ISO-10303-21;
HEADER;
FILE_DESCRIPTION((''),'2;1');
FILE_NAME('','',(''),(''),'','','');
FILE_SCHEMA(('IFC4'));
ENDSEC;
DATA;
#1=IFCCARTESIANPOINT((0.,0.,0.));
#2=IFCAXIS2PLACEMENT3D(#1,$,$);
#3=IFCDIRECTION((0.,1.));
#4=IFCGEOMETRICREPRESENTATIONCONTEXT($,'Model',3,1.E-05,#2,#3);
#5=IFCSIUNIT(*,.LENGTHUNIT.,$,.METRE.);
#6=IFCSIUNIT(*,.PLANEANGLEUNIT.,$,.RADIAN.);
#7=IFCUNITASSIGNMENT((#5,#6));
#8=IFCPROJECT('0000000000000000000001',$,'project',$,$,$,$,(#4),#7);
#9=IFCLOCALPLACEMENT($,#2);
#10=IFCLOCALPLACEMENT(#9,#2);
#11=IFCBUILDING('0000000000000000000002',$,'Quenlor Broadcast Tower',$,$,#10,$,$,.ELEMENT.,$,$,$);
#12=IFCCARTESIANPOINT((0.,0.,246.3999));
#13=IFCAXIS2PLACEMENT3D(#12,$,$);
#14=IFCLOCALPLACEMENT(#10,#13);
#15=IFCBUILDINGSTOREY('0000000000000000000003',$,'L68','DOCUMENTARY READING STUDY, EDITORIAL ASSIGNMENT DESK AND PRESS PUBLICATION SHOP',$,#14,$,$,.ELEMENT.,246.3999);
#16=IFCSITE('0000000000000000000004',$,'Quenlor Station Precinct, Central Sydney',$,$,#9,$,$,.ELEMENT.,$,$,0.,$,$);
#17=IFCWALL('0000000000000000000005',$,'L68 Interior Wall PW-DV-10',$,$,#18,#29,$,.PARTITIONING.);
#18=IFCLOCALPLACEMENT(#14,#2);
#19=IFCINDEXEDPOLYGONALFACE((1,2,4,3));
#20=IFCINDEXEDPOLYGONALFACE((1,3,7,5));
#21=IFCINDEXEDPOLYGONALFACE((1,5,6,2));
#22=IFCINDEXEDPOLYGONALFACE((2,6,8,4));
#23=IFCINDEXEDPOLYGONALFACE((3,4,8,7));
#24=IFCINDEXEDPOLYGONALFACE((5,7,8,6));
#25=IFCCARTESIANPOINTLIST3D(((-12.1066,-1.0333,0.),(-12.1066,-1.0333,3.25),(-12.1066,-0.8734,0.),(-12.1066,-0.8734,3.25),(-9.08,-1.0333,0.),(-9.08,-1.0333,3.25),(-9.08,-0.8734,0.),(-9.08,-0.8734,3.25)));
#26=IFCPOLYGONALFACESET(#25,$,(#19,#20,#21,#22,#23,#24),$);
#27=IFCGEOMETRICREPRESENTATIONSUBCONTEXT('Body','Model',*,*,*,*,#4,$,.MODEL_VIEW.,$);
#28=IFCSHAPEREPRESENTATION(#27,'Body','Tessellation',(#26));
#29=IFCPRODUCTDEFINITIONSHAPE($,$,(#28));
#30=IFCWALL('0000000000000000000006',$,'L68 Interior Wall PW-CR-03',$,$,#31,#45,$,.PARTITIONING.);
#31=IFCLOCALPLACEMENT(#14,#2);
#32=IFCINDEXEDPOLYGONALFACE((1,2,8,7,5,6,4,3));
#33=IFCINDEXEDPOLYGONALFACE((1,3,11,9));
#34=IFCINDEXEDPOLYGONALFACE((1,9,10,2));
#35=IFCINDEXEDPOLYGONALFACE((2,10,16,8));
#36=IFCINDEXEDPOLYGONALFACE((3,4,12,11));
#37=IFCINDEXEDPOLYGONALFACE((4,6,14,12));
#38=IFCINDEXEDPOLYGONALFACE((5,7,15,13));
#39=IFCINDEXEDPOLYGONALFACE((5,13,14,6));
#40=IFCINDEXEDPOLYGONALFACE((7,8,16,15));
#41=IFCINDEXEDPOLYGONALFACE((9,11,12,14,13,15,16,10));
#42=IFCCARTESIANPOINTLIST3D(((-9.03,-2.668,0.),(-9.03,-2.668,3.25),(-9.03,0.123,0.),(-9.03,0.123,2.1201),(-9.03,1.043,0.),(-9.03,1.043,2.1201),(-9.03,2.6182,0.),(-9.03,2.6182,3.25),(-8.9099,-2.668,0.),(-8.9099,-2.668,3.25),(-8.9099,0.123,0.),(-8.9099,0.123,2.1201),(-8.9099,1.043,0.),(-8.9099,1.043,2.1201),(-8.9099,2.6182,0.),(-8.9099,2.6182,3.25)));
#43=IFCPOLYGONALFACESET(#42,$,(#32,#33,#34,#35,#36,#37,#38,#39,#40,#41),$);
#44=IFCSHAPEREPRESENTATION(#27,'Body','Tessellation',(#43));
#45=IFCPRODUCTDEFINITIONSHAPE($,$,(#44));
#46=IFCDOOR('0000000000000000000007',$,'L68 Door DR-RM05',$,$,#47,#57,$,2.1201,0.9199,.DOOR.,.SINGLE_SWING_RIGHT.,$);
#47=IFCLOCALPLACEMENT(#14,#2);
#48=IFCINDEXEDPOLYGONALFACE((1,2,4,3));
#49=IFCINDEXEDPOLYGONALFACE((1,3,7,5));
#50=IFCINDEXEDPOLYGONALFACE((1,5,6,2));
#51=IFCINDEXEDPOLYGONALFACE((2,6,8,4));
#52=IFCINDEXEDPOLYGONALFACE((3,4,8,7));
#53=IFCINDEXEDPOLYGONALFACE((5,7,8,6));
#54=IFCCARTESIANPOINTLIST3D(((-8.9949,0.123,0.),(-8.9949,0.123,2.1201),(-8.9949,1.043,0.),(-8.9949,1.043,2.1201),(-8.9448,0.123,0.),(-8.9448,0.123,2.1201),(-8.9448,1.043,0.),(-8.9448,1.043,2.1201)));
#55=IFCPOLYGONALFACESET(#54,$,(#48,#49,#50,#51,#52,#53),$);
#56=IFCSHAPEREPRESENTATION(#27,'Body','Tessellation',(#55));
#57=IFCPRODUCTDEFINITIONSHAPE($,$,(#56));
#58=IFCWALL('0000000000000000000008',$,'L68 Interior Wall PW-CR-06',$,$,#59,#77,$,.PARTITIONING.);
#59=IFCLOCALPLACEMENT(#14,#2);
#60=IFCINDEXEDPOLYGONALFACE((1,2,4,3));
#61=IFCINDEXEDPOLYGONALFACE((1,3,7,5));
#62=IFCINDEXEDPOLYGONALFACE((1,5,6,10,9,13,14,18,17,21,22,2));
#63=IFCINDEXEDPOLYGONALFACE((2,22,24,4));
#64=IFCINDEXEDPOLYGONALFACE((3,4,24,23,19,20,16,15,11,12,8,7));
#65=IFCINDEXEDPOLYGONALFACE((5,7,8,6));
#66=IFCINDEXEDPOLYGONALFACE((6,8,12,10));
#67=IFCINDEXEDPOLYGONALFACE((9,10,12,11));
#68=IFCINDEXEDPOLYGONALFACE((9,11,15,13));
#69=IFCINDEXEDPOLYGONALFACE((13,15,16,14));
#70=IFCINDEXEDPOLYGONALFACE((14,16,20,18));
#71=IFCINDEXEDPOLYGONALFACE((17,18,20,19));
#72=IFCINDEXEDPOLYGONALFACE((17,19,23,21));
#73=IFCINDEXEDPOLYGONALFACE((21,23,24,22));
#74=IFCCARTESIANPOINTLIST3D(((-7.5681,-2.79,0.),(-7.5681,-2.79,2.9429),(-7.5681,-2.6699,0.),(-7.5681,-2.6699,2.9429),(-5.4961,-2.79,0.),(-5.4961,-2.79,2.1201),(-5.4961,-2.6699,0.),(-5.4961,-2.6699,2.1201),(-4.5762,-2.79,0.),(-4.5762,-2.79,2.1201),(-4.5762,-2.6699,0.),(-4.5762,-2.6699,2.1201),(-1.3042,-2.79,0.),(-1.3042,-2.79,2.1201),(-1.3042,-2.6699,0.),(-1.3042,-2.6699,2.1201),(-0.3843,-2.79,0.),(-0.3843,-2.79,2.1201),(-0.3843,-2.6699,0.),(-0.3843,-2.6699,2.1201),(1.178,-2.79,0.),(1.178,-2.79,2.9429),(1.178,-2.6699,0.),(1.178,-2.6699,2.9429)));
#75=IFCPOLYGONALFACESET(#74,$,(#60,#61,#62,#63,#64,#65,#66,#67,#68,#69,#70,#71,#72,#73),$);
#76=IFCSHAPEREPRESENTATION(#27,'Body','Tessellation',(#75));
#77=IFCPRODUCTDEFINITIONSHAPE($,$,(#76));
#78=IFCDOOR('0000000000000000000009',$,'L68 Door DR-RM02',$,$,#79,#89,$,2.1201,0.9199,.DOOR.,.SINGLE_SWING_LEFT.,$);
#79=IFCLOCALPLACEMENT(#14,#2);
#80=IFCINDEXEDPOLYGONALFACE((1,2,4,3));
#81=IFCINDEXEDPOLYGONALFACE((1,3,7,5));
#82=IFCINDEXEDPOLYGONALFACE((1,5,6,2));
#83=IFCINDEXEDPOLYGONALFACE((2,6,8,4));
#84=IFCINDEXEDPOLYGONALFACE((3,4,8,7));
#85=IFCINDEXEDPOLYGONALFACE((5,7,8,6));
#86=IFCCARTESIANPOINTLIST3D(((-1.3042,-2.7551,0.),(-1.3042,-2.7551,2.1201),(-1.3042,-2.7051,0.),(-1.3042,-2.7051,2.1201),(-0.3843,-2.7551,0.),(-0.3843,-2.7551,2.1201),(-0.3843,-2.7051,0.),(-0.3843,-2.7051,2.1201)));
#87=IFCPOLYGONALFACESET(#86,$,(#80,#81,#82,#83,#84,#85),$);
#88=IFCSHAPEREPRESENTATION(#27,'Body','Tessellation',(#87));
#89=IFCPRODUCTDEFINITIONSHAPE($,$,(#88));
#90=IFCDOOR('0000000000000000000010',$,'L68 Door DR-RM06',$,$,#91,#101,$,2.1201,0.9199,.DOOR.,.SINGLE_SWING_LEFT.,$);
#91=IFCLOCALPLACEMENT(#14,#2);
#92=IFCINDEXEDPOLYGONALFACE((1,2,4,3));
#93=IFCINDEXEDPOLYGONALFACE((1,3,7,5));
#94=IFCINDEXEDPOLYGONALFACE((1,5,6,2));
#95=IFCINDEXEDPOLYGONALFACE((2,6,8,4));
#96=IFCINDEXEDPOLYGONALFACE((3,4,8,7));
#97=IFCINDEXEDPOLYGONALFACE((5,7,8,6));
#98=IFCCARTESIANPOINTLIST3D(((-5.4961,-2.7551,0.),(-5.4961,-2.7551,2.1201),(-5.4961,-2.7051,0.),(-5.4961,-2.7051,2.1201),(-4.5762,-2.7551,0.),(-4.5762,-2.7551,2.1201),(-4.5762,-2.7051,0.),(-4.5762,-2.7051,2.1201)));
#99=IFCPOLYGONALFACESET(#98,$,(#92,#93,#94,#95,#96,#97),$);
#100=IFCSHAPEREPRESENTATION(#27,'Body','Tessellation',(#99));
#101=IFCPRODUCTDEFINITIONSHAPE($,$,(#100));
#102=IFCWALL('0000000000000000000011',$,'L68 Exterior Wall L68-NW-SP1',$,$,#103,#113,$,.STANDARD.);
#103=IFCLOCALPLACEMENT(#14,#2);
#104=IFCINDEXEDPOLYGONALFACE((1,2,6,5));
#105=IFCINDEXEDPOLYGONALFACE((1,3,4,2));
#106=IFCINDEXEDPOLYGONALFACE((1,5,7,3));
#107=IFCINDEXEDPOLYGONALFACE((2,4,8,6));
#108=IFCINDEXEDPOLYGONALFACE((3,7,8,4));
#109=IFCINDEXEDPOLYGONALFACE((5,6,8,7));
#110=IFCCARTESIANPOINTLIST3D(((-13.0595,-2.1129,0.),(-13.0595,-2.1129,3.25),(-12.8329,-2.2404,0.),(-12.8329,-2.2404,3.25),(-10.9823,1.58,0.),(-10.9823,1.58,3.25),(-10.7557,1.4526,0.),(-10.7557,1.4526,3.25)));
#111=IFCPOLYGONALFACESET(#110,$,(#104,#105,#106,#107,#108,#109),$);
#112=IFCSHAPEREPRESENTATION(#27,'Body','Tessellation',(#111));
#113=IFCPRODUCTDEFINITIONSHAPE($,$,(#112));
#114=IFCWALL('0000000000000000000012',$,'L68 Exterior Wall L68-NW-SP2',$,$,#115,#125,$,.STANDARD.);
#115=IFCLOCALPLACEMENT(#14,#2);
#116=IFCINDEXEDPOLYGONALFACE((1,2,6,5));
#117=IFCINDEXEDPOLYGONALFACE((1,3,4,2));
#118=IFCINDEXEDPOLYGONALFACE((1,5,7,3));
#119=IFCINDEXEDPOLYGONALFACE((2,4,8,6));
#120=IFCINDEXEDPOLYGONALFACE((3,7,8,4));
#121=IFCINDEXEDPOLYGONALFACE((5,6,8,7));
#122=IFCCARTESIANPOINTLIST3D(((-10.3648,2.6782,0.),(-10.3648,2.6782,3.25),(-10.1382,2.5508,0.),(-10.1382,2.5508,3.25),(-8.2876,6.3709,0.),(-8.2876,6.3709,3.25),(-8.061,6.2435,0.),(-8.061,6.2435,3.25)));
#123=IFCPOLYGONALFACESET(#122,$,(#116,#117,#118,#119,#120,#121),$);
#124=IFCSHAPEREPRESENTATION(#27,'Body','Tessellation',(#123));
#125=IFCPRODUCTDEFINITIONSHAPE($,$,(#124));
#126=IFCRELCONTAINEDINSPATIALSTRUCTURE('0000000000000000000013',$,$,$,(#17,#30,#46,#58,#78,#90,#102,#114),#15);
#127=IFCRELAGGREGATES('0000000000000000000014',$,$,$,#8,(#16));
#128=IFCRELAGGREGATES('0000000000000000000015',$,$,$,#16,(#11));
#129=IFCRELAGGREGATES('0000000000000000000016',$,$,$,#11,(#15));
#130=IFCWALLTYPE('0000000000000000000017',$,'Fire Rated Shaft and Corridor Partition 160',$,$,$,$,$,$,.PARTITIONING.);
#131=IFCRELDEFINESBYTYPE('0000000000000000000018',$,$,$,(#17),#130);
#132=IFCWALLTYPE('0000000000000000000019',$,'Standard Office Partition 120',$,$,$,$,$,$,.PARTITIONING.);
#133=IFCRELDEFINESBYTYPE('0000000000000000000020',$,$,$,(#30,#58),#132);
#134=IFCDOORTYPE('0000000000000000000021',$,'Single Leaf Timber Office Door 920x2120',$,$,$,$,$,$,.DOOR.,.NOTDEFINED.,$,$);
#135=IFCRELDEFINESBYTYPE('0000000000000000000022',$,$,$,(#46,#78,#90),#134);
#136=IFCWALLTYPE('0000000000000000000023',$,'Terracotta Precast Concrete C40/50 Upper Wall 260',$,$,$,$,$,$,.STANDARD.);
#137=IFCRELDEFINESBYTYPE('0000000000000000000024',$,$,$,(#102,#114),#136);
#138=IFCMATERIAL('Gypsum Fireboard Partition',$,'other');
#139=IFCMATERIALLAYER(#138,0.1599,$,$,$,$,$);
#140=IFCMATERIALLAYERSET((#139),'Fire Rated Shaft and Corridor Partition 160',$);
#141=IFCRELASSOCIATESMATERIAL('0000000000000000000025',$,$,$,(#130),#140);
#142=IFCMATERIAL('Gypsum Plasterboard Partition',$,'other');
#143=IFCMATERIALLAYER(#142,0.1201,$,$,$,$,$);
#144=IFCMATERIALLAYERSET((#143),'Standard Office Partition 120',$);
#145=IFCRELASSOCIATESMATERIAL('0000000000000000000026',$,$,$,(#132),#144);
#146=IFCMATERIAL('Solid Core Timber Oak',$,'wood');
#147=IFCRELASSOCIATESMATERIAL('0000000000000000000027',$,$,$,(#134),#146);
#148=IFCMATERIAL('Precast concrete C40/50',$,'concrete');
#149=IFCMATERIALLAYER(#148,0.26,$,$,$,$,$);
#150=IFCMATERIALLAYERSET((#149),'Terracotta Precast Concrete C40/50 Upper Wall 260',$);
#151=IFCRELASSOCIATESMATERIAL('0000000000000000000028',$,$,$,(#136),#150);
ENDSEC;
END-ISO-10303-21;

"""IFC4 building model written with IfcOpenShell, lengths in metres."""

from ifc_helpers import new_model, si_unit, direction, frame, frame_2d, origin, place, context, subcontext, project, spatial, rectangle, extrude, material, layer, layer_set, type_object, element, fill, save


model = new_model("IFC4")

# Units and contexts
model_context = context("Model", 3, precision=1e-05, world=origin(), true_north=direction((0.0, 1.0)))
body_context = subcontext(model_context, "Body", "Model", "MODEL_VIEW")
ifc_project = project(units=[si_unit("LENGTHUNIT", "METRE"), si_unit("PLANEANGLEUNIT", "RADIAN")], contexts=[model_context])

# Site, building, storey
site_placement = place(None, origin())
site = spatial("IfcSite", under=ifc_project, at=site_placement, Name="Quenlor Station Precinct, Central Sydney", CompositionType="ELEMENT", RefElevation=0.0)
building_placement = place(site_placement, origin())
building = spatial("IfcBuilding", under=site, at=building_placement, Name="Quenlor Broadcast Tower", CompositionType="ELEMENT")
storey_placement = place(building_placement, frame((0.0, 0.0, 246.3999)))
storey = spatial("IfcBuildingStorey", under=building, at=storey_placement, Name="L68", Description="DOCUMENTARY READING STUDY, EDITORIAL ASSIGNMENT DESK AND PRESS PUBLICATION SHOP", CompositionType="ELEMENT", Elevation=246.3999)

# Wall
ifc_material_1 = material(Name="Gypsum Fireboard Partition", Category="other")
ifc_layer_1 = layer(ifc_material_1, 0.1599)
ifc_layer_set_1 = layer_set([ifc_layer_1], Name="Fire Rated Shaft and Corridor Partition 160")
wall_type_1 = type_object("IfcWallType", Name="Fire Rated Shaft and Corridor Partition 160", PredefinedType="PARTITIONING", material=ifc_layer_set_1)
wall_1_placement = place(storey_placement, frame((-9.0801, -0.9534, 0.0), z_axis=(0.0, 0.0, 1.0), x_axis=(-1.0, 0.0, 0.0)))
element("IfcWall", 1, at=wall_1_placement, inside=storey, type_object=wall_type_1, Name="L68 Interior Wall PW-DV-10", PredefinedType="PARTITIONING", context=body_context, shape_type="SweptSolid", body=[
    extrude(rectangle(XDim=3.0266, YDim=0.1599, at=frame_2d((1.5132, 0.0))), origin(), (0.0, 0.0, 1.0), 3.25),
])

# Wall, opening, door
ifc_material_2 = material(Name="Gypsum Plasterboard Partition", Category="other")
ifc_layer_2 = layer(ifc_material_2, 0.1201)
ifc_layer_set_2 = layer_set([ifc_layer_2], Name="Standard Office Partition 120")
wall_type_2 = type_object("IfcWallType", Name="Standard Office Partition 120", PredefinedType="PARTITIONING", material=ifc_layer_set_2)
wall_2_placement = place(storey_placement, frame((-8.97, -2.668, 0.0), z_axis=(0.0, 0.0, 1.0), x_axis=(0.0, 1.0, 0.0)))
wall_2 = element("IfcWall", 2, at=wall_2_placement, inside=storey, type_object=wall_type_2, Name="L68 Interior Wall PW-CR-03", PredefinedType="PARTITIONING", context=body_context, shape_type="SweptSolid", body=[
    extrude(rectangle(XDim=5.2861, YDim=0.1201, at=frame_2d((2.6431, 0.0))), origin(), (0.0, 0.0, 1.0), 3.25),
])
opening_1_placement = place(wall_2_placement, frame((2.791, 0.0, 0.0)))
opening_1 = element("IfcOpeningElement", 3, at=opening_1_placement, cuts=wall_2, PredefinedType="OPENING", context=body_context, shape_type="SweptSolid", body=[
    extrude(rectangle(XDim=0.9199, YDim=2.1201, at=frame_2d((0.46, 1.0601))), frame((0.0, 0.0701, 0.0), z_axis=(0.0, -1.0, 0.0), x_axis=(1.0, 0.0, 0.0)), (0.0, 0.0, 1.0), 0.1401),
])
ifc_material_3 = material(Name="Solid Core Timber Oak", Category="wood")
door_type = type_object("IfcDoorType", Name="Single Leaf Timber Office Door 920x2120", OperationType="NOTDEFINED", PredefinedType="DOOR", material=ifc_material_3)
door_1_placement = place(opening_1_placement, origin())
door_1 = element("IfcDoor", 4, at=door_1_placement, inside=storey, type_object=door_type, Name="L68 Door DR-RM05", OperationType="SINGLE_SWING_RIGHT", OverallHeight=2.1201, OverallWidth=0.9199, PredefinedType="DOOR", context=body_context, shape_type="SweptSolid", body=[
    extrude(rectangle(XDim=0.9199, YDim=2.1201, at=frame_2d((0.46, 1.0601))), frame((0.0, 0.0249, 0.0), z_axis=(0.0, -1.0, 0.0), x_axis=(1.0, 0.0, 0.0)), (0.0, 0.0, 1.0), 0.05),
])
fill(opening_1, door_1)

# Wall, openings, doors
wall_3_placement = place(storey_placement, frame((-7.5681, -2.73, 0.0), z_axis=(0.0, 0.0, 1.0), x_axis=(1.0, 0.0, 0.0)))
wall_3 = element("IfcWall", 5, at=wall_3_placement, inside=storey, type_object=wall_type_2, Name="L68 Interior Wall PW-CR-06", PredefinedType="PARTITIONING", context=body_context, shape_type="SweptSolid", body=[
    extrude(rectangle(XDim=8.7461, YDim=0.1201, at=frame_2d((4.373, 0.0))), origin(), (0.0, 0.0, 1.0), 2.9429),
])
opening_2_placement = place(wall_3_placement, frame((6.2639, 0.0, 0.0)))
opening_2 = element("IfcOpeningElement", 6, at=opening_2_placement, cuts=wall_3, PredefinedType="OPENING", context=body_context, shape_type="SweptSolid", body=[
    extrude(rectangle(XDim=0.9199, YDim=2.1201, at=frame_2d((0.46, 1.0601))), frame((0.0, 0.0701, 0.0), z_axis=(0.0, -1.0, 0.0), x_axis=(1.0, 0.0, 0.0)), (0.0, 0.0, 1.0), 0.1401),
])
opening_3_placement = place(wall_3_placement, frame((2.072, 0.0, 0.0)))
opening_3 = element("IfcOpeningElement", 7, at=opening_3_placement, cuts=wall_3, PredefinedType="OPENING", context=body_context, shape_type="SweptSolid", body=[
    extrude(rectangle(XDim=0.9199, YDim=2.1201, at=frame_2d((0.46, 1.0601))), frame((0.0, 0.0701, 0.0), z_axis=(0.0, -1.0, 0.0), x_axis=(1.0, 0.0, 0.0)), (0.0, 0.0, 1.0), 0.1401),
])
door_2_placement = place(opening_2_placement, origin())
door_2 = element("IfcDoor", 8, at=door_2_placement, inside=storey, type_object=door_type, Name="L68 Door DR-RM02", OperationType="SINGLE_SWING_LEFT", OverallHeight=2.1201, OverallWidth=0.9199, PredefinedType="DOOR", context=body_context, shape_type="SweptSolid", body=[
    extrude(rectangle(XDim=0.9199, YDim=2.1201, at=frame_2d((0.46, 1.0601))), frame((0.0, 0.0249, 0.0), z_axis=(0.0, -1.0, 0.0), x_axis=(1.0, 0.0, 0.0)), (0.0, 0.0, 1.0), 0.05),
])
fill(opening_2, door_2)
door_3_placement = place(opening_3_placement, origin())
door_3 = element("IfcDoor", 9, at=door_3_placement, inside=storey, type_object=door_type, Name="L68 Door DR-RM06", OperationType="SINGLE_SWING_LEFT", OverallHeight=2.1201, OverallWidth=0.9199, PredefinedType="DOOR", context=body_context, shape_type="SweptSolid", body=[
    extrude(rectangle(XDim=0.9199, YDim=2.1201, at=frame_2d((0.46, 1.0601))), frame((0.0, 0.0249, 0.0), z_axis=(0.0, -1.0, 0.0), x_axis=(1.0, 0.0, 0.0)), (0.0, 0.0, 1.0), 0.05),
])
fill(opening_3, door_3)

# Walls
ifc_material_4 = material(Name="Precast concrete C40/50", Category="concrete")
ifc_layer_3 = layer(ifc_material_4, 0.26)
ifc_layer_set_3 = layer_set([ifc_layer_3], Name="Terracotta Precast Concrete C40/50 Upper Wall 260")
wall_type_3 = type_object("IfcWallType", Name="Terracotta Precast Concrete C40/50 Upper Wall 260", PredefinedType="STANDARD", material=ifc_layer_set_3)
wall_4_placement = place(storey_placement, frame((-12.9463, -2.1768, 0.0), z_axis=(0.0, 0.0, 1.0), x_axis=(0.490245, 0.871585, 0.0)))
element("IfcWall", 10, at=wall_4_placement, inside=storey, type_object=wall_type_3, Name="L68 Exterior Wall L68-NW-SP1", PredefinedType="STANDARD", context=body_context, shape_type="SweptSolid", body=[
    extrude(rectangle(XDim=4.2371, YDim=0.26, at=frame_2d((2.1187, 0.0))), origin(), (0.0, 0.0, 1.0), 3.25),
])
wall_5_placement = place(storey_placement, frame((-10.2515, 2.6145, 0.0), z_axis=(0.0, 0.0, 1.0), x_axis=(0.490269, 0.871571, 0.0)))
element("IfcWall", 11, at=wall_5_placement, inside=storey, type_object=wall_type_3, Name="L68 Exterior Wall L68-NW-SP2", PredefinedType="STANDARD", context=body_context, shape_type="SweptSolid", body=[
    extrude(rectangle(XDim=4.2368, YDim=0.26, at=frame_2d((2.1184, 0.0))), origin(), (0.0, 0.0, 1.0), 3.25),
])

save(model, "model.ifc")
